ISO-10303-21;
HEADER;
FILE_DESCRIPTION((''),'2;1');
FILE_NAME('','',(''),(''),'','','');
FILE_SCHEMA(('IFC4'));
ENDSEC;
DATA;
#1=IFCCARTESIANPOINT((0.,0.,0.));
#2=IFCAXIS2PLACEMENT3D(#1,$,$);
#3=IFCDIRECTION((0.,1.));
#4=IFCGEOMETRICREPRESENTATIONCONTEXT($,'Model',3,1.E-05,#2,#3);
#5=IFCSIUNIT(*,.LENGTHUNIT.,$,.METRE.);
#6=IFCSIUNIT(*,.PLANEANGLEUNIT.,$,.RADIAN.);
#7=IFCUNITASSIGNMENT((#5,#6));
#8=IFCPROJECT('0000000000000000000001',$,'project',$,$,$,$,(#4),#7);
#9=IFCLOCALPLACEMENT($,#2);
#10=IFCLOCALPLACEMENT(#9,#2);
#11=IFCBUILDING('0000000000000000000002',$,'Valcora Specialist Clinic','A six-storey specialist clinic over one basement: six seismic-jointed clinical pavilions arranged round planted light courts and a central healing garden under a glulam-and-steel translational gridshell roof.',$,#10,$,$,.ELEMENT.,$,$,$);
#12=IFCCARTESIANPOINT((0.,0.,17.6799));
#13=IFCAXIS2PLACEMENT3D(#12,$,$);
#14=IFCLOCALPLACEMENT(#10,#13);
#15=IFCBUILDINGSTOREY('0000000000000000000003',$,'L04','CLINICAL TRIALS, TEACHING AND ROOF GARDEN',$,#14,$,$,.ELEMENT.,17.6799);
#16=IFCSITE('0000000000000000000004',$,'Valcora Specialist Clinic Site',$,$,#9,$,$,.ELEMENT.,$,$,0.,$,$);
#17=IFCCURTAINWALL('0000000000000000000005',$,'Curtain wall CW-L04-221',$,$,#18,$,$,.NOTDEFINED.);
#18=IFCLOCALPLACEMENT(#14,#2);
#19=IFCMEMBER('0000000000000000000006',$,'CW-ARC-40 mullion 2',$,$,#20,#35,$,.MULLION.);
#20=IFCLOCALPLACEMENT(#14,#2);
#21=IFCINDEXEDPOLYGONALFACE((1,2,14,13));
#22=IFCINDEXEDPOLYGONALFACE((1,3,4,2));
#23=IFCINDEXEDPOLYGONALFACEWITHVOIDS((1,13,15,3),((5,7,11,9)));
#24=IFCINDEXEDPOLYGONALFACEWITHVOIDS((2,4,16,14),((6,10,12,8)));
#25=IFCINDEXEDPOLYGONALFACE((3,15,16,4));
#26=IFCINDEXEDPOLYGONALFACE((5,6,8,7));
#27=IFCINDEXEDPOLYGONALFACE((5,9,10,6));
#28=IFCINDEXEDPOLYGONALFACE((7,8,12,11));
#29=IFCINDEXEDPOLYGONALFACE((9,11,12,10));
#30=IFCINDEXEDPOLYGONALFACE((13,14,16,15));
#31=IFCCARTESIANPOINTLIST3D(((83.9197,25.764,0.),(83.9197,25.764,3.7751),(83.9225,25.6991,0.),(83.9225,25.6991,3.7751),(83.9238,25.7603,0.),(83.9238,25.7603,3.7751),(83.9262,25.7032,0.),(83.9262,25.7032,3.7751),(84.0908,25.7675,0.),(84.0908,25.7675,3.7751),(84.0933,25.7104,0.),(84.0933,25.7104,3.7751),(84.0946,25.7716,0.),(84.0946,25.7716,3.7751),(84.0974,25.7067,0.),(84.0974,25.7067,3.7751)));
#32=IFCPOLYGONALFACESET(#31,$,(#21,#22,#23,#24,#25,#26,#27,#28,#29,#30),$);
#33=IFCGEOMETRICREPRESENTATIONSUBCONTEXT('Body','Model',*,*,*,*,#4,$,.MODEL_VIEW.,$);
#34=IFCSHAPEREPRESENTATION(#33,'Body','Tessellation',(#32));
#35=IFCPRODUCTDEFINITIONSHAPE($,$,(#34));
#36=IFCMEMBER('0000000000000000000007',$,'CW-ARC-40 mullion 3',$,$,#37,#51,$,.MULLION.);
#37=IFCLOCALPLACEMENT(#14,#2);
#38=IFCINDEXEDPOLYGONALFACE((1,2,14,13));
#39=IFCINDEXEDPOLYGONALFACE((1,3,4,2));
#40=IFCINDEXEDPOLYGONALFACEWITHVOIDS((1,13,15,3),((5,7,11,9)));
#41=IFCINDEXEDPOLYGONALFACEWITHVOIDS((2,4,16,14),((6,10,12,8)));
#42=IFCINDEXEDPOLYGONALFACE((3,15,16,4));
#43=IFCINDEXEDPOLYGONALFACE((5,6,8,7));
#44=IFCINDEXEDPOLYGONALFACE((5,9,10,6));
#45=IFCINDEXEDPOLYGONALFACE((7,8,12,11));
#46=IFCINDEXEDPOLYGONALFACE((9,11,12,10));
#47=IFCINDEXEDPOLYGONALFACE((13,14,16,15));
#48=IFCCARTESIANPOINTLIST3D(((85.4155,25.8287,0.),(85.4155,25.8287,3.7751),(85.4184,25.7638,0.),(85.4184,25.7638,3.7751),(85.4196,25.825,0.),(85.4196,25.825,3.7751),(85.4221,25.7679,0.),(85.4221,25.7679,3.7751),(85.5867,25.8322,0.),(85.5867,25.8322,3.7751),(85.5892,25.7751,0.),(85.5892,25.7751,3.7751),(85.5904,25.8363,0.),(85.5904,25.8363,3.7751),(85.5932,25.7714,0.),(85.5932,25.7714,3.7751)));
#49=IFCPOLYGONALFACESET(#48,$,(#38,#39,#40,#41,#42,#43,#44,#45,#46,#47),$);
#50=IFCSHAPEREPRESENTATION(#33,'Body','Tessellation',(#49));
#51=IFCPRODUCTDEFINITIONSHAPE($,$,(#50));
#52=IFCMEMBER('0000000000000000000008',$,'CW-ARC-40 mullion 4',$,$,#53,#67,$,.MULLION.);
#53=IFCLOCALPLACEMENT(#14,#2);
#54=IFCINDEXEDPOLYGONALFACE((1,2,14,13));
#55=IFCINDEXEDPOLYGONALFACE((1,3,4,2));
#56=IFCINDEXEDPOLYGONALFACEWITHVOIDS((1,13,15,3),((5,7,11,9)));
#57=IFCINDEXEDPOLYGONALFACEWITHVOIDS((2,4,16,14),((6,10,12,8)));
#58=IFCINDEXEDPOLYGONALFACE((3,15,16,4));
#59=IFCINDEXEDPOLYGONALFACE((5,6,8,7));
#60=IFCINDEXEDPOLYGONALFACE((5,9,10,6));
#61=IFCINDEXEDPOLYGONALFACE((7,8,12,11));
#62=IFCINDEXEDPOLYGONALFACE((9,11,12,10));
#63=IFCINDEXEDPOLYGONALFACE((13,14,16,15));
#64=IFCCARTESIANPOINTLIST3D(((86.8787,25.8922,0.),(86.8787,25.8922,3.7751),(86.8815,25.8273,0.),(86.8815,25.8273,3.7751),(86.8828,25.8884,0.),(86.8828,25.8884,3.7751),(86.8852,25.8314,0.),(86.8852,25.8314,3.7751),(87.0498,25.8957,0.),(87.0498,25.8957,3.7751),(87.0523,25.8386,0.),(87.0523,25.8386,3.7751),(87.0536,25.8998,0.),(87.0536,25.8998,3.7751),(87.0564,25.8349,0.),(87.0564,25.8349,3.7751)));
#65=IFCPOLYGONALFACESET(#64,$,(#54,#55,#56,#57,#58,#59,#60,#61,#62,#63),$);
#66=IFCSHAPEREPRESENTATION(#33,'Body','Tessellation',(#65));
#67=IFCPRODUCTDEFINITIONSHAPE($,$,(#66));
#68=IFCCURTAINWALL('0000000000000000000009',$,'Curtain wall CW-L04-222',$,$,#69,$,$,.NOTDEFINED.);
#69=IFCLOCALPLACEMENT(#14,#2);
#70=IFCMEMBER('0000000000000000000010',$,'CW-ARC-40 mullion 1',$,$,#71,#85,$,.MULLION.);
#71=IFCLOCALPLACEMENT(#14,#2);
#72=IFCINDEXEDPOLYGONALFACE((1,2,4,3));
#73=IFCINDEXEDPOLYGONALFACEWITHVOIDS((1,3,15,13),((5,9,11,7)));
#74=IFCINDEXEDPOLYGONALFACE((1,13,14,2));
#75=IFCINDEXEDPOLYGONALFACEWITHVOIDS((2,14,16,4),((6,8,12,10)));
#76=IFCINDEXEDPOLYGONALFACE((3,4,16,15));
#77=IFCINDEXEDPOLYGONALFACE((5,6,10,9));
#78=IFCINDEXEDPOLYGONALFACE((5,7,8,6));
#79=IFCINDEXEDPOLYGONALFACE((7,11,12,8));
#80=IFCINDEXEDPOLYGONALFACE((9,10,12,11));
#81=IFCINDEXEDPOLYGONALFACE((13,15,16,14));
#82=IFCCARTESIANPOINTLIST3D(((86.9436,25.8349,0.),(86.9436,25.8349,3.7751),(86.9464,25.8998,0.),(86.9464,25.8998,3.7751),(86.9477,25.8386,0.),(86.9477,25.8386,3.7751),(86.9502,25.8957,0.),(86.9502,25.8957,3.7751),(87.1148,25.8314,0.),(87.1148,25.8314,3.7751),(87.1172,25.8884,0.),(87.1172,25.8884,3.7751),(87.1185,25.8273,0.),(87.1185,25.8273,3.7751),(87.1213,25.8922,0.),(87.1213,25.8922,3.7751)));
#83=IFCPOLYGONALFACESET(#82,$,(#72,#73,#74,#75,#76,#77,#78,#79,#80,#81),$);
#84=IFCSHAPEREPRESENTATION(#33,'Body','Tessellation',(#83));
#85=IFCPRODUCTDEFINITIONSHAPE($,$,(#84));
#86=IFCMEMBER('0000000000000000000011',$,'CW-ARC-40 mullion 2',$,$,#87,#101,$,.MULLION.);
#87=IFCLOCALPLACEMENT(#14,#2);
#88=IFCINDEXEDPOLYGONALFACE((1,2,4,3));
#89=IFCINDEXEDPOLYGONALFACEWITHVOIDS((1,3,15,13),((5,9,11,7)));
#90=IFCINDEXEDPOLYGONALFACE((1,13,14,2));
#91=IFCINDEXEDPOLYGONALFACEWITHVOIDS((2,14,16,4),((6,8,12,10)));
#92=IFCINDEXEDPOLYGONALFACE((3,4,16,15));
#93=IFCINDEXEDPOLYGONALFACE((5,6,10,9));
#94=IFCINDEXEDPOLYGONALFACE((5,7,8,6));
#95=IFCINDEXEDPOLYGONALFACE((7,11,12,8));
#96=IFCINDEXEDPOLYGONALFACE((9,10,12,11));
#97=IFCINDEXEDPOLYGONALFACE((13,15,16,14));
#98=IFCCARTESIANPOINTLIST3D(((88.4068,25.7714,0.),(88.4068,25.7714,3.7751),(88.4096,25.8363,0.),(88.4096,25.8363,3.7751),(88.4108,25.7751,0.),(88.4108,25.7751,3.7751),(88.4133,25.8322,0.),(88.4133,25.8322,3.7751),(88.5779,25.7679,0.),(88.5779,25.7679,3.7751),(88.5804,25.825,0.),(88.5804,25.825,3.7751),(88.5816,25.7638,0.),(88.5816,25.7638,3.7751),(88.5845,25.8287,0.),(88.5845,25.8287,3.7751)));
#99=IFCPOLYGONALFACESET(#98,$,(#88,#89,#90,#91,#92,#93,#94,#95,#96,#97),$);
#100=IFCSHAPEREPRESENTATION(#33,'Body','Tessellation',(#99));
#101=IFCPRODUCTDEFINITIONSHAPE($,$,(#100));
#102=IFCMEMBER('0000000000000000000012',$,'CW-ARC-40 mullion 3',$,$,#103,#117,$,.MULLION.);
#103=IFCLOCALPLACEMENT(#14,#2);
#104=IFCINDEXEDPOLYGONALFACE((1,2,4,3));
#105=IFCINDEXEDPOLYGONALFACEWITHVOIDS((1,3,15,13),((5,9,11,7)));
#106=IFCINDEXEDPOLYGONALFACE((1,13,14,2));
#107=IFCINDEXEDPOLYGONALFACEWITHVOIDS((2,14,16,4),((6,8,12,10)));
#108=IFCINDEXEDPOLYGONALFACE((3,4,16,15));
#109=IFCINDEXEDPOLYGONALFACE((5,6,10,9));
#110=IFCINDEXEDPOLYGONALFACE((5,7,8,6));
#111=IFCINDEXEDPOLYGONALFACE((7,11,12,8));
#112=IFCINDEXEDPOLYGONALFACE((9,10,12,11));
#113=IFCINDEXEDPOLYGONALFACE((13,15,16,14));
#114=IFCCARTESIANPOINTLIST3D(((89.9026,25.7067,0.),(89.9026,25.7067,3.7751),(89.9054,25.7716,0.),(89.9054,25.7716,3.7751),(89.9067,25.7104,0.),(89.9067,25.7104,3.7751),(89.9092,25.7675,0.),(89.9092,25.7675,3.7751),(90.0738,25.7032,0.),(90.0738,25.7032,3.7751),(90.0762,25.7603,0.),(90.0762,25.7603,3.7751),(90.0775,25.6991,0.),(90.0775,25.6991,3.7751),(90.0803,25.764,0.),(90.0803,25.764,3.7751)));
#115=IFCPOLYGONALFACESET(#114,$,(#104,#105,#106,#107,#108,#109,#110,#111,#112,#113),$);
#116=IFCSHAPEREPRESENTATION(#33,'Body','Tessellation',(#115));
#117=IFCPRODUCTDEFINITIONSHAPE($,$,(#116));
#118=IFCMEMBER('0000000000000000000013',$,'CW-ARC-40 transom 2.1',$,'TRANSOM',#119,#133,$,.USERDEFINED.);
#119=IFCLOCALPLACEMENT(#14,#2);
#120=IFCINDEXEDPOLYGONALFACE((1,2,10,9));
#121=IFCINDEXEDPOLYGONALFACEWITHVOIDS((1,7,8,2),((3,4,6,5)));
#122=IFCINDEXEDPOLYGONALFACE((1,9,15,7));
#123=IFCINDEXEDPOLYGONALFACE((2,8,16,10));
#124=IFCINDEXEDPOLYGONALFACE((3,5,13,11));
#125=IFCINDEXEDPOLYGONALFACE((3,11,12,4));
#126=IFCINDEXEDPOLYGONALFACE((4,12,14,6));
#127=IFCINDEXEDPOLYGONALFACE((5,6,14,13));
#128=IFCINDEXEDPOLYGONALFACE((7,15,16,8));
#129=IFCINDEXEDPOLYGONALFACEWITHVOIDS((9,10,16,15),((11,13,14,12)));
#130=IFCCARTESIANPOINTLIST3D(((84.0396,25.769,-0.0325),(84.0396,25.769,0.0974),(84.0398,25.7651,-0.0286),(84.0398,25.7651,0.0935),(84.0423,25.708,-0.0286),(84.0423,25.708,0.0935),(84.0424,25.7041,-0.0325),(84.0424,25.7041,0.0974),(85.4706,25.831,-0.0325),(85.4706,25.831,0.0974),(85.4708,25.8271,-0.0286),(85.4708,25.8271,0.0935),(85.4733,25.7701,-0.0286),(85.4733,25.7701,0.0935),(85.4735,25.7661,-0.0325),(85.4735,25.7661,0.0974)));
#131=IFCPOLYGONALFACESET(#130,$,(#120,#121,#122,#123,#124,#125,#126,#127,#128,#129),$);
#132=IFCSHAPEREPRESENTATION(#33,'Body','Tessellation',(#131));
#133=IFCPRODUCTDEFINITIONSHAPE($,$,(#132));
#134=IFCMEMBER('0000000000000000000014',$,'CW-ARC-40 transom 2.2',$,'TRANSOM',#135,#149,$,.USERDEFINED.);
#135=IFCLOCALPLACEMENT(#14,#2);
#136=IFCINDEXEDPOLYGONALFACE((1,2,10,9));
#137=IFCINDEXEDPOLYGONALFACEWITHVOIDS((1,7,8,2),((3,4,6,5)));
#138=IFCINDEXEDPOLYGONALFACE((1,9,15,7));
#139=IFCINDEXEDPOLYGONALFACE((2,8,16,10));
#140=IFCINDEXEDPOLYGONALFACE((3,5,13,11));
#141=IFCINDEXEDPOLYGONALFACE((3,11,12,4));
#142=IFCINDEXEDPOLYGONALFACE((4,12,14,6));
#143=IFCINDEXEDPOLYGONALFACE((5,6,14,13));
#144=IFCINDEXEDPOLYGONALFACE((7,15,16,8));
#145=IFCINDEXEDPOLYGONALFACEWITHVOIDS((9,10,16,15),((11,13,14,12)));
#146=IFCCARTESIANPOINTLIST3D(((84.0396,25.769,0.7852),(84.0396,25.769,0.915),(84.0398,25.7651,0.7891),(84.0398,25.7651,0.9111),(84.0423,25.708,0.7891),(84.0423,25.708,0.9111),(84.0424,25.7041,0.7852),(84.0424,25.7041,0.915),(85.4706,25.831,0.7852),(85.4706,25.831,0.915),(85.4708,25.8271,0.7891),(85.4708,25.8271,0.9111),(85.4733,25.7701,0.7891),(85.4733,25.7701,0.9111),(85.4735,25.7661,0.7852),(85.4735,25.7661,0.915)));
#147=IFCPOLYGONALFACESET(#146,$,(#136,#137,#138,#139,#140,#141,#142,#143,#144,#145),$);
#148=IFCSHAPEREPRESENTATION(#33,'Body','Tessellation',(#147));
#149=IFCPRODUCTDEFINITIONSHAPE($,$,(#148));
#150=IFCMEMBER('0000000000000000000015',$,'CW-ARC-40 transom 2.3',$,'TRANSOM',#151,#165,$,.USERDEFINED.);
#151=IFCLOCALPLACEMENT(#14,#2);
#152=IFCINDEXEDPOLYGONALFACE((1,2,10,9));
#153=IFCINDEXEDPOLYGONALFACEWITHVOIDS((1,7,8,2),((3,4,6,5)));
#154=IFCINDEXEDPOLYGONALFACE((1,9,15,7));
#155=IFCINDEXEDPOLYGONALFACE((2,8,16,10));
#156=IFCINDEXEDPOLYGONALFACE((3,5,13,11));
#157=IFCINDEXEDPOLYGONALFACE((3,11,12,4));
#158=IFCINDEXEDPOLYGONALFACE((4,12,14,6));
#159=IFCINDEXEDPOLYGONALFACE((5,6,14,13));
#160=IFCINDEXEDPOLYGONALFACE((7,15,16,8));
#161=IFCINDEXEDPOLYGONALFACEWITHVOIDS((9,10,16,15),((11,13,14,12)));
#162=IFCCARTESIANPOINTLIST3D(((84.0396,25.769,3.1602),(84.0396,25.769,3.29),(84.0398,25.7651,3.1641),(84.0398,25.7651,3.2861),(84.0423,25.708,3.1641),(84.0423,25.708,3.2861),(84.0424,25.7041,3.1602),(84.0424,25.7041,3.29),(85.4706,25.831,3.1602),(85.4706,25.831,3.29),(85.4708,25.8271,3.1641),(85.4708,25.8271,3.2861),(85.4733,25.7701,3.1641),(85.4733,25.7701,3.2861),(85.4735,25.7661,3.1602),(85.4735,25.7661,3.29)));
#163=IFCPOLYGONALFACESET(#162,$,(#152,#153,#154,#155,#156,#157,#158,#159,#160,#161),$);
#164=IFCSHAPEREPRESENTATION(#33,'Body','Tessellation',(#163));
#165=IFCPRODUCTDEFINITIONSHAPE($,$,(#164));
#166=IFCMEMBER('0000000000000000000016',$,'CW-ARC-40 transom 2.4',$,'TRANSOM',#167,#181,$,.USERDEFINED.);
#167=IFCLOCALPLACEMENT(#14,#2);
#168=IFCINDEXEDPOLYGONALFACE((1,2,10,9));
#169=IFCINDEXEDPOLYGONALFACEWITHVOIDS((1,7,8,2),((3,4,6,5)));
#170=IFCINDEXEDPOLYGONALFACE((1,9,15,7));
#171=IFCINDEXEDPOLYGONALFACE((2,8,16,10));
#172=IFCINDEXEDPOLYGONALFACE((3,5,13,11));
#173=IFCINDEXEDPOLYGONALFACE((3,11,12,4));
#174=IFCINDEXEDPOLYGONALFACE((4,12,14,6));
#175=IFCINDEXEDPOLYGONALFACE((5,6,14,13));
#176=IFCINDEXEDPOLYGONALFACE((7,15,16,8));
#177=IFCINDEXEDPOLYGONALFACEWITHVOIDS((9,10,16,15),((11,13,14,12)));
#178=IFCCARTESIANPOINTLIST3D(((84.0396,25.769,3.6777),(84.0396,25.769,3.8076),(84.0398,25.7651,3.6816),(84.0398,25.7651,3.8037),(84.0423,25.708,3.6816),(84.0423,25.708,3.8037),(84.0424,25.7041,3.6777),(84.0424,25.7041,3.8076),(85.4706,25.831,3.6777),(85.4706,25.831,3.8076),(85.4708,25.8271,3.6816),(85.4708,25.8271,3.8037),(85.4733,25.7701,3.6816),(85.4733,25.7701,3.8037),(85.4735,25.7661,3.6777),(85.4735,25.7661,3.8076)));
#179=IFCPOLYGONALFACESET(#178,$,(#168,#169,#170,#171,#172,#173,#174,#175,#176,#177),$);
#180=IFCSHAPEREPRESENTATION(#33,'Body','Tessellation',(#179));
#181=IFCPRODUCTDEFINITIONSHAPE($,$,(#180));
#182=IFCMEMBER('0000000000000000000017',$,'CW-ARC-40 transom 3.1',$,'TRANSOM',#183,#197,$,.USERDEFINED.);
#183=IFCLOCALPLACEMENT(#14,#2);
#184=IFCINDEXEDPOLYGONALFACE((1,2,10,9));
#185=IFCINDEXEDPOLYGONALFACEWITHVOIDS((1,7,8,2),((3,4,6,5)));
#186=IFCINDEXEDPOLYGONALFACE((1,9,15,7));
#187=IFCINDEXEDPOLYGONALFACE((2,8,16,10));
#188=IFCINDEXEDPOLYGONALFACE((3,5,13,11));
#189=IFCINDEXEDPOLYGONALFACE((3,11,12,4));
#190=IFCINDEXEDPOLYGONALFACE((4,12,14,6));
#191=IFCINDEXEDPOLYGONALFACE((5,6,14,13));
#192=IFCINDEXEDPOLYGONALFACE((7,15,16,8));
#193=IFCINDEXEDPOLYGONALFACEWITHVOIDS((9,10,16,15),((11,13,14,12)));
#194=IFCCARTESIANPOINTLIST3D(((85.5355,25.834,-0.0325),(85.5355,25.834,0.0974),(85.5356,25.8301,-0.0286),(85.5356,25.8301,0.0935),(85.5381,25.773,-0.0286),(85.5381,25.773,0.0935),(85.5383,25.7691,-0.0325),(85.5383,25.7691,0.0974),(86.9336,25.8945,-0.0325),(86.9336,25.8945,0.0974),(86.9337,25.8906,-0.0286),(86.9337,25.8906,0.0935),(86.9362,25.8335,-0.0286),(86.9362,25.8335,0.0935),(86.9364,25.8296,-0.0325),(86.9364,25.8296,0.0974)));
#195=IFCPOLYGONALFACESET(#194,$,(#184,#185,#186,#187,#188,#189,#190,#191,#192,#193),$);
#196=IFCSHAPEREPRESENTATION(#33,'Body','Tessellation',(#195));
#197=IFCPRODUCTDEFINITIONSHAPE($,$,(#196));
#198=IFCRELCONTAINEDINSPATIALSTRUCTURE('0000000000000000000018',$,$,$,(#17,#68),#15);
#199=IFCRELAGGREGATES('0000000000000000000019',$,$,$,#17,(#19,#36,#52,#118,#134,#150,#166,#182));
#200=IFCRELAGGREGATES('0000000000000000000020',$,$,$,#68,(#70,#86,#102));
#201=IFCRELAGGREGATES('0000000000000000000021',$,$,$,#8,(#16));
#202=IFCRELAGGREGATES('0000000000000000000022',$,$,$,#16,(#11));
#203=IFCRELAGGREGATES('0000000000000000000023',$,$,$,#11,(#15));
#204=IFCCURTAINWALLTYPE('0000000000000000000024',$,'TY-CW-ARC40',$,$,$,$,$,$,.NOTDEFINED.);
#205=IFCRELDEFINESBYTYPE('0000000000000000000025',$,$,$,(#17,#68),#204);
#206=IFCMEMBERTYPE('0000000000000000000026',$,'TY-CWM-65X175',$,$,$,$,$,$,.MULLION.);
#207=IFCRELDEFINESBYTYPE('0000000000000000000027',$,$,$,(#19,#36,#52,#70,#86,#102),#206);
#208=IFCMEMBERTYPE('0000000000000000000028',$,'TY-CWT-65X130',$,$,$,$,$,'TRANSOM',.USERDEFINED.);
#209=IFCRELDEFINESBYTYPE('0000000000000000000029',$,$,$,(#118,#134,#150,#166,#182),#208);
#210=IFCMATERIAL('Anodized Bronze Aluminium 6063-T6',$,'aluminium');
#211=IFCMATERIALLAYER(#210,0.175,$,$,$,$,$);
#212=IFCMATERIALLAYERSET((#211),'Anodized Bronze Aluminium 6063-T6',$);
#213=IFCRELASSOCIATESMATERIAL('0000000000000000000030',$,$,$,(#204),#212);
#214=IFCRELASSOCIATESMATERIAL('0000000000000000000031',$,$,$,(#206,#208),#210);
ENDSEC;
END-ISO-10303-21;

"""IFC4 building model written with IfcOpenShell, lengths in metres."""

from ifc_helpers import new_model, si_unit, direction, frame, origin, origin_2d, place, context, subcontext, project, spatial, hollow_rectangle, extrude, material, layer, layer_set, material_profile, profile_set, type_object, element, aggregate, save


model = new_model("IFC4")

# Units and contexts
model_context = context("Model", 3, precision=1e-05, world=origin(), true_north=direction((0.0, 1.0)))
body_context = subcontext(model_context, "Body", "Model", "MODEL_VIEW")
ifc_project = project(units=[si_unit("LENGTHUNIT", "METRE"), si_unit("PLANEANGLEUNIT", "RADIAN")], contexts=[model_context])

# Site, building, storey
site_placement = place(None, origin())
site = spatial("IfcSite", under=ifc_project, at=site_placement, Name="Valcora Specialist Clinic Site", CompositionType="ELEMENT", RefElevation=0.0)
building_placement = place(site_placement, origin())
building = spatial("IfcBuilding", under=site, at=building_placement, Name="Valcora Specialist Clinic", Description="A six-storey specialist clinic over one basement: six seismic-jointed clinical pavilions arranged round planted light courts and a central healing garden under a glulam-and-steel translational gridshell roof.", CompositionType="ELEMENT")
storey_placement = place(building_placement, frame((0.0, 0.0, 17.6799)))
storey = spatial("IfcBuildingStorey", under=building, at=storey_placement, Name="L04", Description="CLINICAL TRIALS, TEACHING AND ROOF GARDEN", CompositionType="ELEMENT", Elevation=17.6799)

# Curtain walls, members
ifc_material_1 = material(Name="Anodized Bronze Aluminium 6063-T6", Category="aluminium")
ifc_layer_1 = layer(ifc_material_1, 0.175)
ifc_layer_set_1 = layer_set([ifc_layer_1], Name="Anodized Bronze Aluminium 6063-T6")
curtain_wall_type = type_object("IfcCurtainWallType", Name="TY-CW-ARC40", PredefinedType="NOTDEFINED", material=ifc_layer_set_1)
curtain_wall_1_placement = place(storey_placement, origin())
curtain_wall_1 = element("IfcCurtainWall", 1, at=curtain_wall_1_placement, inside=storey, type_object=curtain_wall_type, Name="Curtain wall CW-L04-221", PredefinedType="NOTDEFINED")
ifc_material_profile_1 = material_profile(ifc_material_1, hollow_rectangle(XDim=0.0649, YDim=0.175, WallThickness=0.0039, at=origin_2d()), Name="AL-MUL-65X175")
ifc_profile_set_1 = profile_set([ifc_material_profile_1], Name="Anodized Bronze Aluminium 6063-T6")
member_type_1 = type_object("IfcMemberType", Name="TY-CWM-65X175", PredefinedType="MULLION", material=ifc_profile_set_1)
member_1_placement = place(storey_placement, frame((84.0085, 25.7354, 0.0), z_axis=(0.0, 0.0, 1.0), x_axis=(-0.043307, 0.999062, 0.0)))
member_1 = element("IfcMember", 2, at=member_1_placement, type_object=member_type_1, Name="CW-ARC-40 mullion 2", PredefinedType="MULLION", context=body_context, shape_type="SweptSolid", body=[
    extrude(hollow_rectangle(XDim=0.0649, YDim=0.175, WallThickness=0.0039, at=origin_2d()), origin(), (0.0, 0.0, 1.0), 3.7751),
])
member_2_placement = place(storey_placement, frame((85.5044, 25.8, 0.0), z_axis=(0.0, 0.0, 1.0), x_axis=(-0.043307, 0.999062, 0.0)))
member_2 = element("IfcMember", 3, at=member_2_placement, type_object=member_type_1, Name="CW-ARC-40 mullion 3", PredefinedType="MULLION", context=body_context, shape_type="SweptSolid", body=[
    extrude(hollow_rectangle(XDim=0.0649, YDim=0.175, WallThickness=0.0039, at=origin_2d()), origin(), (0.0, 0.0, 1.0), 3.7751),
])
member_3_placement = place(storey_placement, frame((86.9675, 25.8635, 0.0), z_axis=(0.0, 0.0, 1.0), x_axis=(-0.043307, 0.999062, 0.0)))
member_3 = element("IfcMember", 4, at=member_3_placement, type_object=member_type_1, Name="CW-ARC-40 mullion 4", PredefinedType="MULLION", context=body_context, shape_type="SweptSolid", body=[
    extrude(hollow_rectangle(XDim=0.0649, YDim=0.175, WallThickness=0.0039, at=origin_2d()), origin(), (0.0, 0.0, 1.0), 3.7751),
])
curtain_wall_2_placement = place(storey_placement, origin())
curtain_wall_2 = element("IfcCurtainWall", 5, at=curtain_wall_2_placement, inside=storey, type_object=curtain_wall_type, Name="Curtain wall CW-L04-222", PredefinedType="NOTDEFINED")
member_4_placement = place(storey_placement, frame((87.0325, 25.8635, 0.0), z_axis=(0.0, 0.0, 1.0), x_axis=(0.043307, 0.999062, 0.0)))
member_4 = element("IfcMember", 6, at=member_4_placement, type_object=member_type_1, Name="CW-ARC-40 mullion 1", PredefinedType="MULLION", context=body_context, shape_type="SweptSolid", body=[
    extrude(hollow_rectangle(XDim=0.0649, YDim=0.175, WallThickness=0.0039, at=origin_2d()), origin(), (0.0, 0.0, 1.0), 3.7751),
])
member_5_placement = place(storey_placement, frame((88.4956, 25.8, 0.0), z_axis=(0.0, 0.0, 1.0), x_axis=(0.043307, 0.999062, 0.0)))
member_5 = element("IfcMember", 7, at=member_5_placement, type_object=member_type_1, Name="CW-ARC-40 mullion 2", PredefinedType="MULLION", context=body_context, shape_type="SweptSolid", body=[
    extrude(hollow_rectangle(XDim=0.0649, YDim=0.175, WallThickness=0.0039, at=origin_2d()), origin(), (0.0, 0.0, 1.0), 3.7751),
])
member_6_placement = place(storey_placement, frame((89.9915, 25.7354, 0.0), z_axis=(0.0, 0.0, 1.0), x_axis=(0.043307, 0.999062, 0.0)))
member_6 = element("IfcMember", 8, at=member_6_placement, type_object=member_type_1, Name="CW-ARC-40 mullion 3", PredefinedType="MULLION", context=body_context, shape_type="SweptSolid", body=[
    extrude(hollow_rectangle(XDim=0.0649, YDim=0.175, WallThickness=0.0039, at=origin_2d()), origin(), (0.0, 0.0, 1.0), 3.7751),
])

# Members
ifc_material_profile_2 = material_profile(ifc_material_1, hollow_rectangle(XDim=0.0649, YDim=0.1299, WallThickness=0.0039, at=origin_2d()), Name="AL-TRN-65X130")
ifc_profile_set_2 = profile_set([ifc_material_profile_2], Name="Anodized Bronze Aluminium 6063-T6")
member_type_2 = type_object("IfcMemberType", Name="TY-CWT-65X130", ElementType="TRANSOM", PredefinedType="USERDEFINED", material=ifc_profile_set_2)
member_7_placement = place(storey_placement, frame((84.041, 25.7366, 0.0325), z_axis=(0.999062, 0.043297, 0.0), x_axis=(-0.043297, 0.999062, 0.0)))
member_7 = element("IfcMember", 9, at=member_7_placement, type_object=member_type_2, Name="CW-ARC-40 transom 2.1", ObjectType="TRANSOM", PredefinedType="USERDEFINED", context=body_context, shape_type="SweptSolid", body=[
    extrude(hollow_rectangle(XDim=0.0649, YDim=0.1299, WallThickness=0.0039, at=origin_2d()), origin(), (0.0, 0.0, 1.0), 1.4324),
])
member_8_placement = place(storey_placement, frame((84.041, 25.7366, 0.8501), z_axis=(0.999062, 0.043297, 0.0), x_axis=(-0.043297, 0.999062, 0.0)))
member_8 = element("IfcMember", 10, at=member_8_placement, type_object=member_type_2, Name="CW-ARC-40 transom 2.2", ObjectType="TRANSOM", PredefinedType="USERDEFINED", context=body_context, shape_type="SweptSolid", body=[
    extrude(hollow_rectangle(XDim=0.0649, YDim=0.1299, WallThickness=0.0039, at=origin_2d()), origin(), (0.0, 0.0, 1.0), 1.4324),
])
member_9_placement = place(storey_placement, frame((84.041, 25.7366, 3.2251), z_axis=(0.999062, 0.043297, 0.0), x_axis=(-0.043297, 0.999062, 0.0)))
member_9 = element("IfcMember", 11, at=member_9_placement, type_object=member_type_2, Name="CW-ARC-40 transom 2.3", ObjectType="TRANSOM", PredefinedType="USERDEFINED", context=body_context, shape_type="SweptSolid", body=[
    extrude(hollow_rectangle(XDim=0.0649, YDim=0.1299, WallThickness=0.0039, at=origin_2d()), origin(), (0.0, 0.0, 1.0), 1.4324),
])
member_10_placement = place(storey_placement, frame((84.041, 25.7366, 3.7427), z_axis=(0.999062, 0.043297, 0.0), x_axis=(-0.043297, 0.999062, 0.0)))
member_10 = element("IfcMember", 12, at=member_10_placement, type_object=member_type_2, Name="CW-ARC-40 transom 2.4", ObjectType="TRANSOM", PredefinedType="USERDEFINED", context=body_context, shape_type="SweptSolid", body=[
    extrude(hollow_rectangle(XDim=0.0649, YDim=0.1299, WallThickness=0.0039, at=origin_2d()), origin(), (0.0, 0.0, 1.0), 1.4324),
])
member_11_placement = place(storey_placement, frame((85.5369, 25.8015, 0.0325), z_axis=(0.999064, 0.043263, 0.0), x_axis=(-0.043263, 0.999064, 0.0)))
member_11 = element("IfcMember", 13, at=member_11_placement, type_object=member_type_2, Name="CW-ARC-40 transom 3.1", ObjectType="TRANSOM", PredefinedType="USERDEFINED", context=body_context, shape_type="SweptSolid", body=[
    extrude(hollow_rectangle(XDim=0.0649, YDim=0.1299, WallThickness=0.0039, at=origin_2d()), origin(), (0.0, 0.0, 1.0), 1.3994),
])

aggregate(curtain_wall_1, [member_1, member_2, member_3, member_7, member_8, member_9, member_10, member_11])
aggregate(curtain_wall_2, [member_4, member_5, member_6])

save(model, "model.ifc")
